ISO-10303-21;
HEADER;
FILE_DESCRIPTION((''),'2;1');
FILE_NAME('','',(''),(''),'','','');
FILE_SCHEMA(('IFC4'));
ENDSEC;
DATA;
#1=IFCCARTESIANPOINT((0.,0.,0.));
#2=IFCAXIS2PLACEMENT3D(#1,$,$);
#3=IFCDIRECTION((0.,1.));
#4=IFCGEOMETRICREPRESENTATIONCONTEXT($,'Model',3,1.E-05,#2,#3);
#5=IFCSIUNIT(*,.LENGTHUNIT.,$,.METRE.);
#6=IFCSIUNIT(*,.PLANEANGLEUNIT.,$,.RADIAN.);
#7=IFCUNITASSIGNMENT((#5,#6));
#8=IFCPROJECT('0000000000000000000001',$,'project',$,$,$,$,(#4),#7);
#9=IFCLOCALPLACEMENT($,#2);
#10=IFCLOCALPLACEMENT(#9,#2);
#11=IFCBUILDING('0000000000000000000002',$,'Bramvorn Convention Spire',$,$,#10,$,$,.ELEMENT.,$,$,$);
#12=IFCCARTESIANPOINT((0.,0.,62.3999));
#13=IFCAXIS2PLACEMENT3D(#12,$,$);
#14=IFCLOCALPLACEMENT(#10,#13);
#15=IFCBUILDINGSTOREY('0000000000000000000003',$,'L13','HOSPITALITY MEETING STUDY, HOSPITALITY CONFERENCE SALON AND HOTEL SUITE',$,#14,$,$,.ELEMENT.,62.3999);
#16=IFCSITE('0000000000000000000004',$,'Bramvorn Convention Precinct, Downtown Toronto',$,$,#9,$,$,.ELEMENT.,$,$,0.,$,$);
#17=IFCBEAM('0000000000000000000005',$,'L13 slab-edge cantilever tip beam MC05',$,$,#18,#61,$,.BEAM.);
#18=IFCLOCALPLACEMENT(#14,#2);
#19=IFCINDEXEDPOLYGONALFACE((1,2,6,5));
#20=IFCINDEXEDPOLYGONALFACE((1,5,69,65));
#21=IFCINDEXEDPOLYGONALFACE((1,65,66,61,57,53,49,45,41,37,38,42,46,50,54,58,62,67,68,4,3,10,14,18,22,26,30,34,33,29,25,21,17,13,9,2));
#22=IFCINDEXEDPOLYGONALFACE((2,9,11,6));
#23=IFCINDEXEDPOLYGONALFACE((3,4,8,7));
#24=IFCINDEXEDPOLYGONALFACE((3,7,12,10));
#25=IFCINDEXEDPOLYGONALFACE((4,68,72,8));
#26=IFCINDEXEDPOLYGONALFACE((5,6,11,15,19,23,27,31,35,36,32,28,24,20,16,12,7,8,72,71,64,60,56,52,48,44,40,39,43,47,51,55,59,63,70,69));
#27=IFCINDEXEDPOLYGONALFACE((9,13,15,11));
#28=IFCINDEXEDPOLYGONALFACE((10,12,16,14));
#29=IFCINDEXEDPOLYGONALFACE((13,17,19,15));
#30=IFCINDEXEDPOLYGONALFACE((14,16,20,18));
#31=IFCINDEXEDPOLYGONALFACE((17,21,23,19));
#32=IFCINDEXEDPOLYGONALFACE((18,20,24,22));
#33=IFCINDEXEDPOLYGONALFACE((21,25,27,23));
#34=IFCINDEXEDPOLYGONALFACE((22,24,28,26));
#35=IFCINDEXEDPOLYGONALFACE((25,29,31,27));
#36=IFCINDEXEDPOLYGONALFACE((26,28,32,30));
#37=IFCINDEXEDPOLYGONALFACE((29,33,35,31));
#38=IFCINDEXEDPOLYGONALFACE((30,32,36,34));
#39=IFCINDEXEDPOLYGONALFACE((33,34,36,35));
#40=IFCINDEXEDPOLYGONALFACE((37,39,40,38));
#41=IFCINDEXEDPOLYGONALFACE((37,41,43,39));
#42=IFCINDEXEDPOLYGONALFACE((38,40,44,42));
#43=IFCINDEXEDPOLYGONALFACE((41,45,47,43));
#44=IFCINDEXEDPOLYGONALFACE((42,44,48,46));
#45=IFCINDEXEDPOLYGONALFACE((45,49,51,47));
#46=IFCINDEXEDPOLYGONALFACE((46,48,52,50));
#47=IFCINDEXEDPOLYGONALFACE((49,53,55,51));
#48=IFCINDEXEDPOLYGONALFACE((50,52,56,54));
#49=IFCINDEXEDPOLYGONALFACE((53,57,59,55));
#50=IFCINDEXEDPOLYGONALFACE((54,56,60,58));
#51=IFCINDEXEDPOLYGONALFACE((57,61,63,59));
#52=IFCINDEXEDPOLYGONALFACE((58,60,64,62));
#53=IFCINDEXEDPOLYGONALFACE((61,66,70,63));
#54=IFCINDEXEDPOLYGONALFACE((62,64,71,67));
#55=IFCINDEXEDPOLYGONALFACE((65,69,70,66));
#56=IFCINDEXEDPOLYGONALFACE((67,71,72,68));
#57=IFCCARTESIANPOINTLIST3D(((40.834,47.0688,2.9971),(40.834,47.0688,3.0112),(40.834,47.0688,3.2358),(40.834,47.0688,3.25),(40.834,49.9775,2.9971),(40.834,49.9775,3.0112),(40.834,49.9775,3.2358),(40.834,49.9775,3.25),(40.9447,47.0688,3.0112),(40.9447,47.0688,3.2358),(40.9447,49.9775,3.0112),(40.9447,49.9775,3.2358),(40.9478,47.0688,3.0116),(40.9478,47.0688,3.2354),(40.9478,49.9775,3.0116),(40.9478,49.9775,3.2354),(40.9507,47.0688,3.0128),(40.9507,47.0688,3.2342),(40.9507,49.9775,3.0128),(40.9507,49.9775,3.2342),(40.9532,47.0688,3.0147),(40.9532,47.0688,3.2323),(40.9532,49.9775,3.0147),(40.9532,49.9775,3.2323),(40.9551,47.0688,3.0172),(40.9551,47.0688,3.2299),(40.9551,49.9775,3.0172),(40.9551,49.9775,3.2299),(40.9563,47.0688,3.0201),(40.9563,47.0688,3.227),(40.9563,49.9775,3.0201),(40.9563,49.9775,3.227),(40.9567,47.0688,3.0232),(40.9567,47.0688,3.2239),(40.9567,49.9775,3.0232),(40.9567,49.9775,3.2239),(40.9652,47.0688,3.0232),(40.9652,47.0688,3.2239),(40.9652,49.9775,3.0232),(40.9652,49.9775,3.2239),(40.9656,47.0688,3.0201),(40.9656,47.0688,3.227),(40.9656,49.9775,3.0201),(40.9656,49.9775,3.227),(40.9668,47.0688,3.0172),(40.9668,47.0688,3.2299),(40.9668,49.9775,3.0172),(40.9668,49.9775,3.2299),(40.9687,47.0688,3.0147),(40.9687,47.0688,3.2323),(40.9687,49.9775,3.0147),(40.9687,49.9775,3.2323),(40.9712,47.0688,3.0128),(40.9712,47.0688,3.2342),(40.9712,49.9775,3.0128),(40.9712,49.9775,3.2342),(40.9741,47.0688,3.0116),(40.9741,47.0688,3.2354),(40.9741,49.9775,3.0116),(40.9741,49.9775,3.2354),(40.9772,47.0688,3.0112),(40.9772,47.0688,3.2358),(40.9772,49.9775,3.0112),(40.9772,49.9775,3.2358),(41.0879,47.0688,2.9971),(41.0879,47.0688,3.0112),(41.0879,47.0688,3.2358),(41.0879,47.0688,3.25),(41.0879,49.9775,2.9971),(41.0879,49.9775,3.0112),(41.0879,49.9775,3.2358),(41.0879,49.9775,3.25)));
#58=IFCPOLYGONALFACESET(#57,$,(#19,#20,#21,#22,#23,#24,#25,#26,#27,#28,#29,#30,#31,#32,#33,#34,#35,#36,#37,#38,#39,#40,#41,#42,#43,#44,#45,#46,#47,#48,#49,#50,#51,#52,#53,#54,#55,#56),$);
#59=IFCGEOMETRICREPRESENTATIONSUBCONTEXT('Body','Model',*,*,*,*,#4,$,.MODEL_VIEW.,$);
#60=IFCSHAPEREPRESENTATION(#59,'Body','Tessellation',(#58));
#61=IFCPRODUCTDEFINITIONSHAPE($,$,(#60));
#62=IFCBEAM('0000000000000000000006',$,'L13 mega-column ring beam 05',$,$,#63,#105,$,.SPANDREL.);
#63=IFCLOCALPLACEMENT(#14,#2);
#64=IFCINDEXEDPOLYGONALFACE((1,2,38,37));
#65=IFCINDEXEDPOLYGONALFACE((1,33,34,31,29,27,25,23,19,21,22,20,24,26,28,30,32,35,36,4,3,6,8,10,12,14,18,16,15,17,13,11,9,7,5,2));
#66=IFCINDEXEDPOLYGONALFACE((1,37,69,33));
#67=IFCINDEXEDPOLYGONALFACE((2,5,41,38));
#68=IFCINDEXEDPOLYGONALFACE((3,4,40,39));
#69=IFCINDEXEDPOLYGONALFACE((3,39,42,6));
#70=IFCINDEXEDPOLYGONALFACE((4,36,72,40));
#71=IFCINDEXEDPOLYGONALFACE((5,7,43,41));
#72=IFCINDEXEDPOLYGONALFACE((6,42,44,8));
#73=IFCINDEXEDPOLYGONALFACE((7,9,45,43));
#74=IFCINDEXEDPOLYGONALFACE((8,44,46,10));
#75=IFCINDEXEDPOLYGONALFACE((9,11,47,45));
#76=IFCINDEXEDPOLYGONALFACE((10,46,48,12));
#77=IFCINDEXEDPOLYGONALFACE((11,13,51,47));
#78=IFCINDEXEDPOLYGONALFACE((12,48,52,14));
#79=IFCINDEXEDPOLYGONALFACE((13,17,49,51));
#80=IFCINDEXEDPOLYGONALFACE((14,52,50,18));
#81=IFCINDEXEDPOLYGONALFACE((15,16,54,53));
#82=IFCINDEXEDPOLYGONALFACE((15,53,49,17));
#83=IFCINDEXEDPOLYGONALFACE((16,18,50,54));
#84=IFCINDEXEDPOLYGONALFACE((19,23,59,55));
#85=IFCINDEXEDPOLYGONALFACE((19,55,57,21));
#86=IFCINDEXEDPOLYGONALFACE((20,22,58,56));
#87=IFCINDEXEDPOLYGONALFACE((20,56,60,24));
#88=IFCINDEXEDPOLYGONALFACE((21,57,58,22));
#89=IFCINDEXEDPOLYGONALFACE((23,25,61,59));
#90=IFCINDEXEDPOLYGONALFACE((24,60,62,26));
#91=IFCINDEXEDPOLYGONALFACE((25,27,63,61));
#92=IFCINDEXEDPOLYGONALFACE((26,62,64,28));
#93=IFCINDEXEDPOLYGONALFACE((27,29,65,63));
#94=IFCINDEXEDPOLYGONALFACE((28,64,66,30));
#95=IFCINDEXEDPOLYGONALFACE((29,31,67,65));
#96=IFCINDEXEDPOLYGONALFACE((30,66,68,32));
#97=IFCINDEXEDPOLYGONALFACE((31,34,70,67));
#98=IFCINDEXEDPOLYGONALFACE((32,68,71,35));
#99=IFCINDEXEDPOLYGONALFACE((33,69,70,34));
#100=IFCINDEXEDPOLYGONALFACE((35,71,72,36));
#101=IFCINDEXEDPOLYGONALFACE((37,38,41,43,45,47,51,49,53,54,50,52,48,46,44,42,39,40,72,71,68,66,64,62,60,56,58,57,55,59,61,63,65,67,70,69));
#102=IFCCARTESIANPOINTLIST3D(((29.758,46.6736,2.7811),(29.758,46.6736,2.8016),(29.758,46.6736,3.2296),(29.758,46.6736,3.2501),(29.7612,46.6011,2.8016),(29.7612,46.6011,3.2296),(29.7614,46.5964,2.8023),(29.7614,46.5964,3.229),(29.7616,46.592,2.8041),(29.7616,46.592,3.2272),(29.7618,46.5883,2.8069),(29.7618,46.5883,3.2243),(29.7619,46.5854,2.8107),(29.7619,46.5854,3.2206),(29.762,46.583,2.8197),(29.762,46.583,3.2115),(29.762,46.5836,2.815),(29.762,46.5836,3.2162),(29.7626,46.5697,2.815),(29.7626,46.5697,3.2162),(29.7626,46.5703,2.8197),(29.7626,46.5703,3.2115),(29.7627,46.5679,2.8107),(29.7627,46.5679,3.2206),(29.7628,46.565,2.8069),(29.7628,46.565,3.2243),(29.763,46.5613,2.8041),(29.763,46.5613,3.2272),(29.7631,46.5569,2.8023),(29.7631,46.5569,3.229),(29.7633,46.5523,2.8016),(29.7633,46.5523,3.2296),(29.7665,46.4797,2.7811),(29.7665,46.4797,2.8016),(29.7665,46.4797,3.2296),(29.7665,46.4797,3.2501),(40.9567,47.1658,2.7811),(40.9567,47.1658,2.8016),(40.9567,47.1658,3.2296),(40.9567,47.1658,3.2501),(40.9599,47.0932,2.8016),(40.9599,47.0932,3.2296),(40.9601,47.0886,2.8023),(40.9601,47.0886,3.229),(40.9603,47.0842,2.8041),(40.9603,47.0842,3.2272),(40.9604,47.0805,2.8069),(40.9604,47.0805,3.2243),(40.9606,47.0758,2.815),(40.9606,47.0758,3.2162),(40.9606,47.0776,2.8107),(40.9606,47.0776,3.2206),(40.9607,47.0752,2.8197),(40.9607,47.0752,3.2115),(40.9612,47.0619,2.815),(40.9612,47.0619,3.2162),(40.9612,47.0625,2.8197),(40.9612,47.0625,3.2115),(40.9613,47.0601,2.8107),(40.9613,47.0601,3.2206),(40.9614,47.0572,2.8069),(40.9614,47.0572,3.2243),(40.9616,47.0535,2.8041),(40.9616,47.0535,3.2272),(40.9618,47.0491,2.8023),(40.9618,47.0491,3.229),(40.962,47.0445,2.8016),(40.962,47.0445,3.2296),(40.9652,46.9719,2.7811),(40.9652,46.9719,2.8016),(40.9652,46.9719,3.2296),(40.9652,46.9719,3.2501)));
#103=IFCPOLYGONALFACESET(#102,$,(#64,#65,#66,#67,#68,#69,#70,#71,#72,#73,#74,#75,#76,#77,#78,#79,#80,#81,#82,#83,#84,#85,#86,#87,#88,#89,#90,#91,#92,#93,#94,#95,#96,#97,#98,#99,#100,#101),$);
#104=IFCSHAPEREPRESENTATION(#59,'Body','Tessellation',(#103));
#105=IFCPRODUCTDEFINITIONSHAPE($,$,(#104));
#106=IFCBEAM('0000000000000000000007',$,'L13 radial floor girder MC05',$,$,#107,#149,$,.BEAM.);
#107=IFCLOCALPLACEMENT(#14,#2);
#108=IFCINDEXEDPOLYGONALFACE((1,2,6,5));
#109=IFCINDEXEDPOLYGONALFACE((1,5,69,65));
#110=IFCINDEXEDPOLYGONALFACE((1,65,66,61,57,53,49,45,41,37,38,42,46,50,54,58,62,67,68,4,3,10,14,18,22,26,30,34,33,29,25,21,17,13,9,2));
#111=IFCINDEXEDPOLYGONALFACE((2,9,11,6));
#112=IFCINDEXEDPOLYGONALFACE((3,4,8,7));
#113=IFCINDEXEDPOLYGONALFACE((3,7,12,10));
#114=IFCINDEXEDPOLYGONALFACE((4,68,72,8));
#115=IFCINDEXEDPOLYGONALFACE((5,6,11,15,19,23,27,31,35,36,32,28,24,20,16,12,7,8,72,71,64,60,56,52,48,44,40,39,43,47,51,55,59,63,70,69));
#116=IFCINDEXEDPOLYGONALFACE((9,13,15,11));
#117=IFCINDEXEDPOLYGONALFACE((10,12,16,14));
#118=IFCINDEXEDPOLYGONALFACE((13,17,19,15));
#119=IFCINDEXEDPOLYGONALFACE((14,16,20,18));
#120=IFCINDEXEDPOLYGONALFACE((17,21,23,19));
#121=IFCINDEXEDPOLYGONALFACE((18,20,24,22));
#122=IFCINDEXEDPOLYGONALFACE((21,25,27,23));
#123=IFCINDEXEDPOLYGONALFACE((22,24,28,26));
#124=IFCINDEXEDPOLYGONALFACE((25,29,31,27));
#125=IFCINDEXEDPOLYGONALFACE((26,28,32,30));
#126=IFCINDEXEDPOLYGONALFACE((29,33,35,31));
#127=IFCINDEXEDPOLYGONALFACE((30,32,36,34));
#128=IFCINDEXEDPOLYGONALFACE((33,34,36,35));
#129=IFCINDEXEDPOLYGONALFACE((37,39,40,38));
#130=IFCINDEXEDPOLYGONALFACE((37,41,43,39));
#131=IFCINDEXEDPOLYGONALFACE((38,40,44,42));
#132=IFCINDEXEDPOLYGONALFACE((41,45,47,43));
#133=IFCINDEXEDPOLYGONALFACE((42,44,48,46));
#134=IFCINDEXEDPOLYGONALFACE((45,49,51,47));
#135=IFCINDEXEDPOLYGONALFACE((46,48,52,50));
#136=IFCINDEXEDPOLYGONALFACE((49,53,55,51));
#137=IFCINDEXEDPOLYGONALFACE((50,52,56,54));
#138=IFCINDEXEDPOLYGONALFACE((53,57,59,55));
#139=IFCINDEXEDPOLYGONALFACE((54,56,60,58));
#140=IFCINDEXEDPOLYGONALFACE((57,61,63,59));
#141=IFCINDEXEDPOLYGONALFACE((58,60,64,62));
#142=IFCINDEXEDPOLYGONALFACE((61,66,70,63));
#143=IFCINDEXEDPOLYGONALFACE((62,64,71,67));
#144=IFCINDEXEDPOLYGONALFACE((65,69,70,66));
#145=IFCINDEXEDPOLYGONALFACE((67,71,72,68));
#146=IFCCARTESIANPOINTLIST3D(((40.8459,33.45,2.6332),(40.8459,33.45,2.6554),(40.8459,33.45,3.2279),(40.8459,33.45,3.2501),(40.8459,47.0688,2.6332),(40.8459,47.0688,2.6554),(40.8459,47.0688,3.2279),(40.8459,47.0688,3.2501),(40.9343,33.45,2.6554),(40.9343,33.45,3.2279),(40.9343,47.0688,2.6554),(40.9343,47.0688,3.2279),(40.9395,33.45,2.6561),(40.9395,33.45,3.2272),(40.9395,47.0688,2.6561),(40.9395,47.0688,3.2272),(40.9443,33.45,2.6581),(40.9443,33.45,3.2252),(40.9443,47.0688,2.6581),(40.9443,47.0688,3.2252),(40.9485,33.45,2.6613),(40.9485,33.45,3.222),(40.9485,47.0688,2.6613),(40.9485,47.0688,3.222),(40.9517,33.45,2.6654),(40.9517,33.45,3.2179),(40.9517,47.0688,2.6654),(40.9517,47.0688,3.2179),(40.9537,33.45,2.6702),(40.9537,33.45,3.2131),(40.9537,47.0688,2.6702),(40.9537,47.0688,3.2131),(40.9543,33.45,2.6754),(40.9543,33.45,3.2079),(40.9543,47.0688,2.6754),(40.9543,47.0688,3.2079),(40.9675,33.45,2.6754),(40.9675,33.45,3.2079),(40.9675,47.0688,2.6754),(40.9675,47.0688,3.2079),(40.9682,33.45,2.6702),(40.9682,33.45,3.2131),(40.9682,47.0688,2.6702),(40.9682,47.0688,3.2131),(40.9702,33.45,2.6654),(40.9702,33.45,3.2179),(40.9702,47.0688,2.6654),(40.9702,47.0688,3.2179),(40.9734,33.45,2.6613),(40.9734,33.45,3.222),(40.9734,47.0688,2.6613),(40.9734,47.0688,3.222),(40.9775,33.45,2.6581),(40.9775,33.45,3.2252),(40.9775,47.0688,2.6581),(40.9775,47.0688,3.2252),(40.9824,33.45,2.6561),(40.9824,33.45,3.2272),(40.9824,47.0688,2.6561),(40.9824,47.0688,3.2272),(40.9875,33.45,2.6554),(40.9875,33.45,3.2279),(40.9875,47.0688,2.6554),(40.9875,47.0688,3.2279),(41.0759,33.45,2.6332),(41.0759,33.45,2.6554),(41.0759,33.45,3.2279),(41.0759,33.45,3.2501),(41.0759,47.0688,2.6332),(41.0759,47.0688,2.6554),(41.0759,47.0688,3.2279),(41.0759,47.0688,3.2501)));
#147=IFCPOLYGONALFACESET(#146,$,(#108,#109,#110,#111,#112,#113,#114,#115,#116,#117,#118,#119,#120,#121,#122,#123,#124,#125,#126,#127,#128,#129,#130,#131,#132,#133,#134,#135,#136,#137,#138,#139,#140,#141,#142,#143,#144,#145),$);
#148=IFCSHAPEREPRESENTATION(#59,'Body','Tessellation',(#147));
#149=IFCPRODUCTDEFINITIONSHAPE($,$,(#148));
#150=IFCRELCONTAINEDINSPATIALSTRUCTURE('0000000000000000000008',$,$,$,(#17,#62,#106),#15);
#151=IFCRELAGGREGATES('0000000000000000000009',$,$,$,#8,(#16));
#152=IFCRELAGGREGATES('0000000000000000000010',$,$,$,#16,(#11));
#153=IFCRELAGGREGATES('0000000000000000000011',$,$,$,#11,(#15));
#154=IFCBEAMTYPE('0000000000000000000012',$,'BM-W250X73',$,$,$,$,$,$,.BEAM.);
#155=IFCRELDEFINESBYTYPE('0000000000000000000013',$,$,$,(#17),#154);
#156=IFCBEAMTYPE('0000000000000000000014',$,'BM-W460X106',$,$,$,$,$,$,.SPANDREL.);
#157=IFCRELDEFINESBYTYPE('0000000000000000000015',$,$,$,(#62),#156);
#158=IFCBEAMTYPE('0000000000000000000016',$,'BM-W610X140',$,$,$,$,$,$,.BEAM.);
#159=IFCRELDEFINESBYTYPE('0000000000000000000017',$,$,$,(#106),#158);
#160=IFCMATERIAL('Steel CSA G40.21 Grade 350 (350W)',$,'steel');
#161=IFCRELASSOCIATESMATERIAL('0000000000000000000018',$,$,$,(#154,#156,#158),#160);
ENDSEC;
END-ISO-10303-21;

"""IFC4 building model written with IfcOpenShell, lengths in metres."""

from ifc_helpers import new_model, si_unit, direction, frame, origin, origin_2d, place, context, subcontext, project, spatial, i_section, extrude, material, material_profile, profile_set, type_object, element, save


model = new_model("IFC4")

# Units and contexts
model_context = context("Model", 3, precision=1e-05, world=origin(), true_north=direction((0.0, 1.0)))
body_context = subcontext(model_context, "Body", "Model", "MODEL_VIEW")
ifc_project = project(units=[si_unit("LENGTHUNIT", "METRE"), si_unit("PLANEANGLEUNIT", "RADIAN")], contexts=[model_context])

# Site, building, storey
site_placement = place(None, origin())
site = spatial("IfcSite", under=ifc_project, at=site_placement, Name="Bramvorn Convention Precinct, Downtown Toronto", CompositionType="ELEMENT", RefElevation=0.0)
building_placement = place(site_placement, origin())
building = spatial("IfcBuilding", under=site, at=building_placement, Name="Bramvorn Convention Spire", CompositionType="ELEMENT")
storey_placement = place(building_placement, frame((0.0, 0.0, 62.3999)))
storey = spatial("IfcBuildingStorey", under=building, at=storey_placement, Name="L13", Description="HOSPITALITY MEETING STUDY, HOSPITALITY CONFERENCE SALON AND HOTEL SUITE", CompositionType="ELEMENT", Elevation=62.3999)

# Shared definitions
ifc_material_1 = material(Name="Steel CSA G40.21 Grade 350 (350W)", Category="steel")

# Beams
ifc_material_profile_1 = material_profile(ifc_material_1, i_section(OverallWidth=0.2539, OverallDepth=0.2529, WebThickness=0.0085, FlangeThickness=0.0142, FilletRadius=0.012, at=origin_2d()))
ifc_profile_set_1 = profile_set([ifc_material_profile_1], Name="Steel CSA G40.21 Grade 350 (350W) - W250X73")
beam_type_1 = type_object("IfcBeamType", Name="BM-W250X73", PredefinedType="BEAM", material=ifc_profile_set_1)
beam_1_placement = place(storey_placement, frame((40.9609, 47.0688, 3.1235), z_axis=(0.0, 1.0, 0.0), x_axis=(-1.0, 0.0, 0.0)))
element("IfcBeam", 1, at=beam_1_placement, inside=storey, type_object=beam_type_1, Name="L13 slab-edge cantilever tip beam MC05", PredefinedType="BEAM", context=body_context, shape_type="SweptSolid", body=[
    extrude(i_section(OverallWidth=0.2539, OverallDepth=0.2529, WebThickness=0.0085, FlangeThickness=0.0142, FilletRadius=0.012, at=origin_2d()), origin(), (0.0, 0.0, 1.0), 2.9087),
])
ifc_material_profile_2 = material_profile(ifc_material_1, i_section(OverallWidth=0.1941, OverallDepth=0.469, WebThickness=0.0127, FlangeThickness=0.0205, FilletRadius=0.0181, at=origin_2d()))
ifc_profile_set_2 = profile_set([ifc_material_profile_2], Name="Steel CSA G40.21 Grade 350 (350W) - W460X106")
beam_type_2 = type_object("IfcBeamType", Name="BM-W460X106", PredefinedType="SPANDREL", material=ifc_profile_set_2)
beam_2_placement = place(storey_placement, frame((40.9609, 47.0688, 3.0156), z_axis=(-0.999036, -0.043908, 0.0), x_axis=(0.043908, -0.999036, 0.0)))
element("IfcBeam", 2, at=beam_2_placement, inside=storey, type_object=beam_type_2, Name="L13 mega-column ring beam 05", PredefinedType="SPANDREL", context=body_context, shape_type="SweptSolid", body=[
    extrude(i_section(OverallWidth=0.1941, OverallDepth=0.469, WebThickness=0.0127, FlangeThickness=0.0205, FilletRadius=0.0181, at=origin_2d()), origin(), (0.0, 0.0, 1.0), 11.2095),
])
ifc_material_profile_3 = material_profile(ifc_material_1, i_section(OverallWidth=0.23, OverallDepth=0.6169, WebThickness=0.0132, FlangeThickness=0.0222, FilletRadius=0.02, at=origin_2d()))
ifc_profile_set_3 = profile_set([ifc_material_profile_3], Name="Steel CSA G40.21 Grade 350 (350W) - W610X140")
beam_type_3 = type_object("IfcBeamType", Name="BM-W610X140", PredefinedType="BEAM", material=ifc_profile_set_3)
beam_3_placement = place(storey_placement, frame((40.9609, 33.45, 2.9417), z_axis=(0.0, 1.0, 0.0), x_axis=(-1.0, 0.0, 0.0)))
element("IfcBeam", 3, at=beam_3_placement, inside=storey, type_object=beam_type_3, Name="L13 radial floor girder MC05", PredefinedType="BEAM", context=body_context, shape_type="SweptSolid", body=[
    extrude(i_section(OverallWidth=0.23, OverallDepth=0.6169, WebThickness=0.0132, FlangeThickness=0.0222, FilletRadius=0.02, at=origin_2d()), origin(), (0.0, 0.0, 1.0), 13.6189),
])

save(model, "model.ifc")
